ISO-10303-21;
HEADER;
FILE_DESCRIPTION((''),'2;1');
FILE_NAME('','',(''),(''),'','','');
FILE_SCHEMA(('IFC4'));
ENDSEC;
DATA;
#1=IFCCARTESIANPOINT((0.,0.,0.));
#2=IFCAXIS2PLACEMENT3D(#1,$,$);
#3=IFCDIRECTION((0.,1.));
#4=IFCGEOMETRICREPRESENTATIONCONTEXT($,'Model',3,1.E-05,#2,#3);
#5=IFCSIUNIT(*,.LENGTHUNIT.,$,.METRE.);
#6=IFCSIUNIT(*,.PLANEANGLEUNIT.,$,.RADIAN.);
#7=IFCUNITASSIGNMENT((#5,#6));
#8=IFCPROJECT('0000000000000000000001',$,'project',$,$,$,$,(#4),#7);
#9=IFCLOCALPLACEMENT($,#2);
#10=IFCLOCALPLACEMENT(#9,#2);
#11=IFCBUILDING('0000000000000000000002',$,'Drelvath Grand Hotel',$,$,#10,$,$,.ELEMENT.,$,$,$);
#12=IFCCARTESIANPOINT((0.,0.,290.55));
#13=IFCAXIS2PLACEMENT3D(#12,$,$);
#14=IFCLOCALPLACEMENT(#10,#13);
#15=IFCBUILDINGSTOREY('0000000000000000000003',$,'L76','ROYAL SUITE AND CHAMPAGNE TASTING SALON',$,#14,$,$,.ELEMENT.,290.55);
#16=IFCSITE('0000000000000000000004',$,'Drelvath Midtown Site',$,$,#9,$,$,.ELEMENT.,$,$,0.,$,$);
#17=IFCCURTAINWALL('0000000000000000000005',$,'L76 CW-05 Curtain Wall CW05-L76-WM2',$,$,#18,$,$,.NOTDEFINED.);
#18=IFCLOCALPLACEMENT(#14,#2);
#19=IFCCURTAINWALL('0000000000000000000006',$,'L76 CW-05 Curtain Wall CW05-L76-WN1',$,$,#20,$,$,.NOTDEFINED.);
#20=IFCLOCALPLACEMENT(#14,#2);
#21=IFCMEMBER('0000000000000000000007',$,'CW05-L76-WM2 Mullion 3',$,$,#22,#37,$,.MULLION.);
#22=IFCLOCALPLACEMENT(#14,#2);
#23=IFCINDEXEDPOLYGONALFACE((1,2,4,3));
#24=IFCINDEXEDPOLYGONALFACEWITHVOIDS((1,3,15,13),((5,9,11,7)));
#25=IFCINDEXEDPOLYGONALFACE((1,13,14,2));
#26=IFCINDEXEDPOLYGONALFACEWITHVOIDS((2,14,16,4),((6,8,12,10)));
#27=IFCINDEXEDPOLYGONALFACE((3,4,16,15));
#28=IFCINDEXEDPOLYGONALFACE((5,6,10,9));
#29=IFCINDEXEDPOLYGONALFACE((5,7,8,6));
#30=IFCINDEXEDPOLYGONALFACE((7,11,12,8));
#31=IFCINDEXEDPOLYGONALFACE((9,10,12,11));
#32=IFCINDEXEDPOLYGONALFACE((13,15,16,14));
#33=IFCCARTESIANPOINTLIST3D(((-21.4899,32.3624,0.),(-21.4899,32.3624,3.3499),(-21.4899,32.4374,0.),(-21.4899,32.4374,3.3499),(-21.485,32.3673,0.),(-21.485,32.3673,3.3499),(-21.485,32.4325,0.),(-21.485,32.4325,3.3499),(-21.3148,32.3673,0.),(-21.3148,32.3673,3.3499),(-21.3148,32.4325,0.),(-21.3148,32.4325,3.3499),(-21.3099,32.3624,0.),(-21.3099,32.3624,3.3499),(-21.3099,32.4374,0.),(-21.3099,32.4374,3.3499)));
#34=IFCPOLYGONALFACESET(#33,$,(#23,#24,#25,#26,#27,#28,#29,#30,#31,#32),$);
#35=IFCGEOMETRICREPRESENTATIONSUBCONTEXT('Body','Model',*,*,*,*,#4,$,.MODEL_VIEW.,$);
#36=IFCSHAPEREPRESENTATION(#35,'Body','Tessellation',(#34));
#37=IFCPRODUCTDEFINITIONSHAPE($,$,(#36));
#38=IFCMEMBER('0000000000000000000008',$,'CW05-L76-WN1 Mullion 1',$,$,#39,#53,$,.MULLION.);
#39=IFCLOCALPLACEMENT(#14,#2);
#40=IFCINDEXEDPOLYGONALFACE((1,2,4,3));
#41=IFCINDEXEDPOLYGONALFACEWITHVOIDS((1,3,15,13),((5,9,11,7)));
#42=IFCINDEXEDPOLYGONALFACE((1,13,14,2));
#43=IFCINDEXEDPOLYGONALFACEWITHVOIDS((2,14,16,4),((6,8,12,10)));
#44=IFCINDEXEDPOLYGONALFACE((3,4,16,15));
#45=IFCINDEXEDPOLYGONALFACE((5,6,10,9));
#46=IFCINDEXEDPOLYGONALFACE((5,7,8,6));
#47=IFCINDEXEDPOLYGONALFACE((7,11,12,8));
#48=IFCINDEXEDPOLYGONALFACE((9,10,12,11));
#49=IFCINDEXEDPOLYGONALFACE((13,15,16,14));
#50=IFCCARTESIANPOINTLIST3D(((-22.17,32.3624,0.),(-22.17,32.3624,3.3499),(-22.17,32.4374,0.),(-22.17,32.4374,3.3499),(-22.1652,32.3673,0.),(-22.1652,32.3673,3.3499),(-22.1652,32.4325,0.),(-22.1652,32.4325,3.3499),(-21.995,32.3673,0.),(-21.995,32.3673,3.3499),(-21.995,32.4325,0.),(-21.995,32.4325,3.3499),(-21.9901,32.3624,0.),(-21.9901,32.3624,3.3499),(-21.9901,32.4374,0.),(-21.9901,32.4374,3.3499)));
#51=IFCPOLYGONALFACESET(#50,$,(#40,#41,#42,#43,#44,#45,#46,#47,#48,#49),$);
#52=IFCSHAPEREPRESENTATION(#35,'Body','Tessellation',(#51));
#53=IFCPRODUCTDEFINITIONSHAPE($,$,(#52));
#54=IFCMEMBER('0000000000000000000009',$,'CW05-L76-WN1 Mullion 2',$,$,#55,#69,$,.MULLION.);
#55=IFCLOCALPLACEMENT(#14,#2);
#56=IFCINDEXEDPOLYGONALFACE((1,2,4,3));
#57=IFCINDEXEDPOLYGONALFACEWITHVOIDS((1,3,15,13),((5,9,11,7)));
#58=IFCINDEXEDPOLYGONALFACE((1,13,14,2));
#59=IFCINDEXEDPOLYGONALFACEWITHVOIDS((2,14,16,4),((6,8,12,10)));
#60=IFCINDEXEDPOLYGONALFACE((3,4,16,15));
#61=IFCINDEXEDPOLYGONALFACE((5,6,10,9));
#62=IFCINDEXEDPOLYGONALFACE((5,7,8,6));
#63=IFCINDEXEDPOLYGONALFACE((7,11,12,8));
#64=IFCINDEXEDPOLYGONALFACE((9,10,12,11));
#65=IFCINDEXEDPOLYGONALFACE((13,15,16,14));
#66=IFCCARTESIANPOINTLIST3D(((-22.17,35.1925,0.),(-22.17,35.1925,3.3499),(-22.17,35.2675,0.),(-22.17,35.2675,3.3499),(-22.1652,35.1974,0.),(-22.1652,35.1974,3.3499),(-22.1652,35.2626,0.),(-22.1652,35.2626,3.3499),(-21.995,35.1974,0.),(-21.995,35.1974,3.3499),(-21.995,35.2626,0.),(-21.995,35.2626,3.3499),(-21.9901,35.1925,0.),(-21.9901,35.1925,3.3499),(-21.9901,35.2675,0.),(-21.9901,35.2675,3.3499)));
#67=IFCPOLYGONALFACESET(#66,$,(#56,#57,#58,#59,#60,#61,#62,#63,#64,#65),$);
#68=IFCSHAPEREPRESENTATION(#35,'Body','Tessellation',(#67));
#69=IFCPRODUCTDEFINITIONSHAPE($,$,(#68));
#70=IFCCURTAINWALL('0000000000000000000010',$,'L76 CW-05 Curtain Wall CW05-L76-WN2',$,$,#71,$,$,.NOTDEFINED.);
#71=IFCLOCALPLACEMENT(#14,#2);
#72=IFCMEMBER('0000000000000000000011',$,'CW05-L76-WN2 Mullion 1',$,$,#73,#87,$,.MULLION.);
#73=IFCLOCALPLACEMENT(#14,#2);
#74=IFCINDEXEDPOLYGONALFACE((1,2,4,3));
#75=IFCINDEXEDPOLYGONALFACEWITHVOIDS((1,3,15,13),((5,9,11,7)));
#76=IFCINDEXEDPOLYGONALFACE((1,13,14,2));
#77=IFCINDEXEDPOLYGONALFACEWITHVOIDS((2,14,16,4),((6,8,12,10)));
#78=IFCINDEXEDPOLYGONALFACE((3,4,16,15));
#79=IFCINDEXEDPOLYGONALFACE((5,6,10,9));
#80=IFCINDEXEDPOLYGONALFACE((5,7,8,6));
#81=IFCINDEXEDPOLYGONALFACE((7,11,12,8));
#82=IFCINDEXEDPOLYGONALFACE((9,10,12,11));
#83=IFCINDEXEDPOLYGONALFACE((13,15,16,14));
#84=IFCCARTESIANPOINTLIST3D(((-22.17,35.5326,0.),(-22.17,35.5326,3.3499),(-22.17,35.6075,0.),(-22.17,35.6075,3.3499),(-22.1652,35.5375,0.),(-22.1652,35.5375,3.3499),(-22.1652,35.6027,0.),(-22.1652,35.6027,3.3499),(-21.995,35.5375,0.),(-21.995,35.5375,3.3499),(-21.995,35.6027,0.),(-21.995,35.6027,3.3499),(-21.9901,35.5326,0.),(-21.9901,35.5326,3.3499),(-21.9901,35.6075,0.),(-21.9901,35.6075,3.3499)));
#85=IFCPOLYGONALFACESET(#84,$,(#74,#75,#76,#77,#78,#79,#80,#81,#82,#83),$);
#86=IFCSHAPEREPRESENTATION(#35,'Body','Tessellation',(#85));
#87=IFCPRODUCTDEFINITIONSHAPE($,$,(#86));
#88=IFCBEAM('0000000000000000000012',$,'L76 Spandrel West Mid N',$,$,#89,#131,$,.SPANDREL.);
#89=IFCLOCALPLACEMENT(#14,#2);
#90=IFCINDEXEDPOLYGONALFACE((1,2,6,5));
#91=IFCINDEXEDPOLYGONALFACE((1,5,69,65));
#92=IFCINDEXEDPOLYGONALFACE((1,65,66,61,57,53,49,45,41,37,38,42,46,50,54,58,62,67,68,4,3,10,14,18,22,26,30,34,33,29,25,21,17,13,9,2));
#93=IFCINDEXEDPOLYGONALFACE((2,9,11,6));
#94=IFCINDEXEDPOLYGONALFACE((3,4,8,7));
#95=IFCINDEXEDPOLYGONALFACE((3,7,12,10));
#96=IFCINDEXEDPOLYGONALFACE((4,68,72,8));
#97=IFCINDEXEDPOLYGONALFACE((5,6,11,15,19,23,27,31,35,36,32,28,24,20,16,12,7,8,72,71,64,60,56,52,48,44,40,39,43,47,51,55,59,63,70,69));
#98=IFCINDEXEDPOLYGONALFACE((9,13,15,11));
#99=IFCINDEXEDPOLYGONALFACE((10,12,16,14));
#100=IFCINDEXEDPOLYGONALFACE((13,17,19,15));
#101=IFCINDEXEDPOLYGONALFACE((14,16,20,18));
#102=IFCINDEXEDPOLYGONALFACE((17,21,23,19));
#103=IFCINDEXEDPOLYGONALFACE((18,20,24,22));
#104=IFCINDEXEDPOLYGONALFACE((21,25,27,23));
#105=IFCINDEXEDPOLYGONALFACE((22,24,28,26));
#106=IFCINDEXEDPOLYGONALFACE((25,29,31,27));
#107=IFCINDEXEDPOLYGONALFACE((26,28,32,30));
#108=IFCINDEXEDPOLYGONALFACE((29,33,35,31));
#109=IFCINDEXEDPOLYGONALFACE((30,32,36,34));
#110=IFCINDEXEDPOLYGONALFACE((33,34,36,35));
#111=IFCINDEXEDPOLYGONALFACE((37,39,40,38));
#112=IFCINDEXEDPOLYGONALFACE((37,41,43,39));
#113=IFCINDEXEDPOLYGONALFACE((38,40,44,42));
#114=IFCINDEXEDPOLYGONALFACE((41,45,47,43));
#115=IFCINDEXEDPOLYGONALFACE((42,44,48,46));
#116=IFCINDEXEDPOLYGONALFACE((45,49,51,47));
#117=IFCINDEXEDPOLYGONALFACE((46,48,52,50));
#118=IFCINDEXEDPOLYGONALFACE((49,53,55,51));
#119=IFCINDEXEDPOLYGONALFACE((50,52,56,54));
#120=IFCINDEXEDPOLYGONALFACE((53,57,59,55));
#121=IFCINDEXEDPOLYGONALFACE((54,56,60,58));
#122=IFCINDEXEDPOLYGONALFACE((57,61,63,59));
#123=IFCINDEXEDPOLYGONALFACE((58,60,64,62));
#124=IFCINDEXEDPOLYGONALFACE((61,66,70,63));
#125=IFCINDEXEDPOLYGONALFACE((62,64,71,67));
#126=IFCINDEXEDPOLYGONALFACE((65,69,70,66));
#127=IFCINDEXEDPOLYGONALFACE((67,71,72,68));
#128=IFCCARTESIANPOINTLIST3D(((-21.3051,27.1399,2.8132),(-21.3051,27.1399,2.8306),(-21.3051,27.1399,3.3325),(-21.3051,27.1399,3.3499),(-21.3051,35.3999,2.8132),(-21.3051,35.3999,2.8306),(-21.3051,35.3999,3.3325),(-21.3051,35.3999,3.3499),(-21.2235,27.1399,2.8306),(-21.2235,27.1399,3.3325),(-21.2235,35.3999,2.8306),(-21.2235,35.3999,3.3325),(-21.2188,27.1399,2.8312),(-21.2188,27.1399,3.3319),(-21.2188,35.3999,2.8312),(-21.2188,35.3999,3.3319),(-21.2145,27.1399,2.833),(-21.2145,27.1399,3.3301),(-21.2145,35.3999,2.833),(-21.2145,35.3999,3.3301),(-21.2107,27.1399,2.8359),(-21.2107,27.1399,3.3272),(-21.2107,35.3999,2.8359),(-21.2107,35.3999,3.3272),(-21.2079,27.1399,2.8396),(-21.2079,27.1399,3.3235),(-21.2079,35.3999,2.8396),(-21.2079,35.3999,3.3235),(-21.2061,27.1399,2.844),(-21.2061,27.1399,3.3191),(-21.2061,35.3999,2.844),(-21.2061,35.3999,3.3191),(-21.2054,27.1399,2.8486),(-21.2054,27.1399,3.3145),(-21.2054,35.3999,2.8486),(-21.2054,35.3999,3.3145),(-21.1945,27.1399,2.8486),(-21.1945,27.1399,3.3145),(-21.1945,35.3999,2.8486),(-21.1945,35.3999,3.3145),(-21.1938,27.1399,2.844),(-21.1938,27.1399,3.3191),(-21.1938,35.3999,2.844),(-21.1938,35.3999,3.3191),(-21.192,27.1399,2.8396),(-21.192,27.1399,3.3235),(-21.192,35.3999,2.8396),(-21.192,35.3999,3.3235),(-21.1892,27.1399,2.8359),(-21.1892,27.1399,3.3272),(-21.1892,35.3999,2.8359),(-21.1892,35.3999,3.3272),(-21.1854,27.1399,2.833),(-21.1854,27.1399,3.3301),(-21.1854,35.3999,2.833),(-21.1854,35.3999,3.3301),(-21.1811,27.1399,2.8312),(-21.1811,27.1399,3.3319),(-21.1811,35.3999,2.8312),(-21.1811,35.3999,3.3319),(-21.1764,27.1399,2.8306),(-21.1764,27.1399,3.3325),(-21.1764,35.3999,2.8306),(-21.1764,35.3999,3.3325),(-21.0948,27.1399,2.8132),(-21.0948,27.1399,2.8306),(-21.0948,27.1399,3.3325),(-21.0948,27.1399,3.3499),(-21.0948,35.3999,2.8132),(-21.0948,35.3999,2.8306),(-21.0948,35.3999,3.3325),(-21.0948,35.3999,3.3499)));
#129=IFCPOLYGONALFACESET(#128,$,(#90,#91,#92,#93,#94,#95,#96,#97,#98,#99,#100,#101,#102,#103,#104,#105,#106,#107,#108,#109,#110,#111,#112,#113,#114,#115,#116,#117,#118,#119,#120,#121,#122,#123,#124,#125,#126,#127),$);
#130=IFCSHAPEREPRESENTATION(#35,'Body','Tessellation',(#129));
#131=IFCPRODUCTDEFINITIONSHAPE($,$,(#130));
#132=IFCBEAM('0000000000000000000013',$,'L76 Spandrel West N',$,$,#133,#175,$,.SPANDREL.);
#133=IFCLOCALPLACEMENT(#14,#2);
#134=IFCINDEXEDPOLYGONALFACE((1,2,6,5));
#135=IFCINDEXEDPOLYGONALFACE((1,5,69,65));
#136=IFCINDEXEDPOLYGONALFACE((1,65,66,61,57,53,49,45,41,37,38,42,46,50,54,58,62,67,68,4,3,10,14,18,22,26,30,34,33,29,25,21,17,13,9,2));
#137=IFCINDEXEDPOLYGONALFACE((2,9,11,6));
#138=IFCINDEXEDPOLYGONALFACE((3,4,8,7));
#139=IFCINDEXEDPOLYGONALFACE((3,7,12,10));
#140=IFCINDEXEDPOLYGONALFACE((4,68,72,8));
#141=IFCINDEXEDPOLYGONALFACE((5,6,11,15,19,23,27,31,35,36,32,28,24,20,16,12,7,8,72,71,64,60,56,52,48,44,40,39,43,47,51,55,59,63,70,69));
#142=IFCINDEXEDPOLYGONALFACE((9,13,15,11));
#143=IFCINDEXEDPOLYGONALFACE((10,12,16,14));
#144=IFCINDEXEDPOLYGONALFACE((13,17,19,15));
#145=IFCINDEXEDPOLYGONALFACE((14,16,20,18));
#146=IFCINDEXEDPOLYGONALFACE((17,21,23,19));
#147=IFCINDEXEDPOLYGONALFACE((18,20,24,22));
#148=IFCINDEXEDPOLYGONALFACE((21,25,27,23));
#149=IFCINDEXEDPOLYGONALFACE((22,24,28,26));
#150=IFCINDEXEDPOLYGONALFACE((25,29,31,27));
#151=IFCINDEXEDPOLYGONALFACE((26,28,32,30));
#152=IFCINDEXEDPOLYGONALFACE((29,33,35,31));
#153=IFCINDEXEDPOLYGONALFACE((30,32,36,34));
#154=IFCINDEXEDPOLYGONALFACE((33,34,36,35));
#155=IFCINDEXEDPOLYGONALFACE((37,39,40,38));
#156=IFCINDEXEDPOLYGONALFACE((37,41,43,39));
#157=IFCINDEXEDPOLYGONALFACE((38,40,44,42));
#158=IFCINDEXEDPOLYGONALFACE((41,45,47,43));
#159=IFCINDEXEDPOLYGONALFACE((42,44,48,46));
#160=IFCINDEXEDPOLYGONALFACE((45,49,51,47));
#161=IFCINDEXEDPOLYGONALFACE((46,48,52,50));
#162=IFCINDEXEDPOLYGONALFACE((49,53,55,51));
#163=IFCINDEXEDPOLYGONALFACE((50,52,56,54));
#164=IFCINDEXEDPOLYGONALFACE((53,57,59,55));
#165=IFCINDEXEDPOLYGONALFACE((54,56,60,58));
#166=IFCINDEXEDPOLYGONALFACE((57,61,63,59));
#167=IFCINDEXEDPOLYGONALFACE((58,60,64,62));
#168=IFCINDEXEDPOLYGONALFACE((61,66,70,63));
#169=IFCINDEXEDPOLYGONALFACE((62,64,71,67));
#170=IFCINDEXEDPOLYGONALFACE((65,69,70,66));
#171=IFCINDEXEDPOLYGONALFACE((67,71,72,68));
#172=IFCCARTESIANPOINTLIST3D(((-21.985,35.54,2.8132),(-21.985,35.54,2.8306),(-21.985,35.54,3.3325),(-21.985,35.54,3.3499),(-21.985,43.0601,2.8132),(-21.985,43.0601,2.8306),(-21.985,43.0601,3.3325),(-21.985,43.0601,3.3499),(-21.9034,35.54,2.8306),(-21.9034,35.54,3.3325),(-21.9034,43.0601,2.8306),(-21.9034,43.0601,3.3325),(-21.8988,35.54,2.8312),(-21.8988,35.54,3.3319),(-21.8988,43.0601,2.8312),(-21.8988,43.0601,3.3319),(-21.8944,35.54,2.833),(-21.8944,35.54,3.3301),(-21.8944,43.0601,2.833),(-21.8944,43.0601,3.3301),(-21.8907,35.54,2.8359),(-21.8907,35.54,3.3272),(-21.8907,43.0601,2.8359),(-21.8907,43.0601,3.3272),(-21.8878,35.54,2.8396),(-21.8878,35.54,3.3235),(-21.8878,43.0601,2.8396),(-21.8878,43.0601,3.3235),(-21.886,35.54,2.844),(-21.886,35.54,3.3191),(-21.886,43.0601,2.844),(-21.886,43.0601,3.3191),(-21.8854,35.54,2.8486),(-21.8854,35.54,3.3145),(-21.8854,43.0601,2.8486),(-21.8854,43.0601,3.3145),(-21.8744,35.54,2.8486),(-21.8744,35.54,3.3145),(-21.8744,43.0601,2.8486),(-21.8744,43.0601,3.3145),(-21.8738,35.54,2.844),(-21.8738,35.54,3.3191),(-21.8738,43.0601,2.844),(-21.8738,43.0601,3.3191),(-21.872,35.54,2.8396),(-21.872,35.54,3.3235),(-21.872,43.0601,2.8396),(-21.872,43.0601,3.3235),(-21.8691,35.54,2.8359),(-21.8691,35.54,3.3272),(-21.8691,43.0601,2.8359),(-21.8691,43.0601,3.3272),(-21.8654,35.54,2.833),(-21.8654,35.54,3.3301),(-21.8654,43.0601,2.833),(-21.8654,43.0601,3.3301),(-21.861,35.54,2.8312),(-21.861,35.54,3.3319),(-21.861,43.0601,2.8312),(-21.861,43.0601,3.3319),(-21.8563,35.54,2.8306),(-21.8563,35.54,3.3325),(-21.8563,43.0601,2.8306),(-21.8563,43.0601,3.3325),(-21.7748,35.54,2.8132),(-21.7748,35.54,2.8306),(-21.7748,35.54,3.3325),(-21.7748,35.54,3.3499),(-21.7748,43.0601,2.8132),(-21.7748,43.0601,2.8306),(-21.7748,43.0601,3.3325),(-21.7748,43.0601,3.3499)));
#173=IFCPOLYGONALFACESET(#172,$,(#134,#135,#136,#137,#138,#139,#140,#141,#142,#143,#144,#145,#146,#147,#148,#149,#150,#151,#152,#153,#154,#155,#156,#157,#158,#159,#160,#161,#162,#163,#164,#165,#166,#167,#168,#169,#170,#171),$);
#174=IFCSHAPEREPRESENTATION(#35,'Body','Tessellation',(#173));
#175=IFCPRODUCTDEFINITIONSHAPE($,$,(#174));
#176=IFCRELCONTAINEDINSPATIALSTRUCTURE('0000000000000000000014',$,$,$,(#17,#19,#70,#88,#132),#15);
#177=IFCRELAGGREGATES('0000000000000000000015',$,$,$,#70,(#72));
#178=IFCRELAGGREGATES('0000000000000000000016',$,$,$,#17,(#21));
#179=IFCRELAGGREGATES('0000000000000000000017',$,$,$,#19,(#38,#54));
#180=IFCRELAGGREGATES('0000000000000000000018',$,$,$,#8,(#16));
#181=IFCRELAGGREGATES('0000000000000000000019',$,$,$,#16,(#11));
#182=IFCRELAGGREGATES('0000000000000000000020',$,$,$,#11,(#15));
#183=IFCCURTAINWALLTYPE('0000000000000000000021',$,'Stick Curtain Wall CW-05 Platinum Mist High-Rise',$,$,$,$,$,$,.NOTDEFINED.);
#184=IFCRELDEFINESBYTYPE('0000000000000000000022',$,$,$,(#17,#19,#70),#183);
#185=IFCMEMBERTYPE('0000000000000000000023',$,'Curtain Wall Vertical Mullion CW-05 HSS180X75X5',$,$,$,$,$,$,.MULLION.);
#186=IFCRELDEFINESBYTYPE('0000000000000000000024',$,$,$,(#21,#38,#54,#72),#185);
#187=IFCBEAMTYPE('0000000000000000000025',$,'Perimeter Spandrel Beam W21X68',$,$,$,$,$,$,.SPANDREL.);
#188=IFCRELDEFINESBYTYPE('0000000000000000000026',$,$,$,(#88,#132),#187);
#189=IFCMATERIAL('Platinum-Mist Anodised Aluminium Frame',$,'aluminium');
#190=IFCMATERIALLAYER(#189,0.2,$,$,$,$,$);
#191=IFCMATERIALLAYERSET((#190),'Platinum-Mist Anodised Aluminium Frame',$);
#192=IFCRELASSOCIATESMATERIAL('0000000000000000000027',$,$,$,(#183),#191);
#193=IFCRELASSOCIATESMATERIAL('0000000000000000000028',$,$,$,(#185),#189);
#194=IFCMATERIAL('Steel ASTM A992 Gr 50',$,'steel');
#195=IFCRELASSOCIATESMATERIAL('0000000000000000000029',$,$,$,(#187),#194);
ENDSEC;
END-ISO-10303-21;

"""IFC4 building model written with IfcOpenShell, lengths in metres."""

from ifc_helpers import new_model, si_unit, direction, frame, origin, origin_2d, place, context, subcontext, project, spatial, hollow_rectangle, i_section, extrude, material, layer, layer_set, material_profile, profile_set, type_object, element, aggregate, save


model = new_model("IFC4")

# Units and contexts
model_context = context("Model", 3, precision=1e-05, world=origin(), true_north=direction((0.0, 1.0)))
body_context = subcontext(model_context, "Body", "Model", "MODEL_VIEW")
ifc_project = project(units=[si_unit("LENGTHUNIT", "METRE"), si_unit("PLANEANGLEUNIT", "RADIAN")], contexts=[model_context])

# Site, building, storey
site_placement = place(None, origin())
site = spatial("IfcSite", under=ifc_project, at=site_placement, Name="Drelvath Midtown Site", CompositionType="ELEMENT", RefElevation=0.0)
building_placement = place(site_placement, origin())
building = spatial("IfcBuilding", under=site, at=building_placement, Name="Drelvath Grand Hotel", CompositionType="ELEMENT")
storey_placement = place(building_placement, frame((0.0, 0.0, 290.55)))
storey = spatial("IfcBuildingStorey", under=building, at=storey_placement, Name="L76", Description="ROYAL SUITE AND CHAMPAGNE TASTING SALON", CompositionType="ELEMENT", Elevation=290.55)

# Curtain walls
ifc_material_1 = material(Name="Platinum-Mist Anodised Aluminium Frame", Category="aluminium")
ifc_layer_1 = layer(ifc_material_1, 0.2)
ifc_layer_set_1 = layer_set([ifc_layer_1], Name="Platinum-Mist Anodised Aluminium Frame")
curtain_wall_type = type_object("IfcCurtainWallType", Name="Stick Curtain Wall CW-05 Platinum Mist High-Rise", PredefinedType="NOTDEFINED", material=ifc_layer_set_1)
curtain_wall_1_placement = place(storey_placement, origin())
curtain_wall_1 = element("IfcCurtainWall", 1, at=curtain_wall_1_placement, inside=storey, type_object=curtain_wall_type, Name="L76 CW-05 Curtain Wall CW05-L76-WM2", PredefinedType="NOTDEFINED")
curtain_wall_2_placement = place(storey_placement, origin())
curtain_wall_2 = element("IfcCurtainWall", 2, at=curtain_wall_2_placement, inside=storey, type_object=curtain_wall_type, Name="L76 CW-05 Curtain Wall CW05-L76-WN1", PredefinedType="NOTDEFINED")
ifc_material_profile_1 = material_profile(ifc_material_1, hollow_rectangle(XDim=0.075, YDim=0.1799, WallThickness=0.0049, at=origin_2d()), Name="HSS180X75X5")
ifc_profile_set_1 = profile_set([ifc_material_profile_1], Name="Platinum-Mist Anodised Aluminium Frame")
member_type_1 = type_object("IfcMemberType", Name="Curtain Wall Vertical Mullion CW-05 HSS180X75X5", PredefinedType="MULLION", material=ifc_profile_set_1)

# Members
member_1_placement = place(storey_placement, frame((-21.3999, 32.3999, 0.0), z_axis=(0.0, 0.0, 1.0), x_axis=(0.0, 1.0, 0.0)))
member_1 = element("IfcMember", 3, at=member_1_placement, type_object=member_type_1, Name="CW05-L76-WM2 Mullion 3", PredefinedType="MULLION", context=body_context, shape_type="SweptSolid", body=[
    extrude(hollow_rectangle(XDim=0.075, YDim=0.1799, WallThickness=0.0049, at=origin_2d()), origin(), (0.0, 0.0, 1.0), 3.3499),
])
member_2_placement = place(storey_placement, frame((-22.0801, 32.3999, 0.0), z_axis=(0.0, 0.0, 1.0), x_axis=(0.0, 1.0, 0.0)))
member_2 = element("IfcMember", 4, at=member_2_placement, type_object=member_type_1, Name="CW05-L76-WN1 Mullion 1", PredefinedType="MULLION", context=body_context, shape_type="SweptSolid", body=[
    extrude(hollow_rectangle(XDim=0.075, YDim=0.1799, WallThickness=0.0049, at=origin_2d()), origin(), (0.0, 0.0, 1.0), 3.3499),
])
member_3_placement = place(storey_placement, frame((-22.0801, 35.23, 0.0), z_axis=(0.0, 0.0, 1.0), x_axis=(0.0, 1.0, 0.0)))
member_3 = element("IfcMember", 5, at=member_3_placement, type_object=member_type_1, Name="CW05-L76-WN1 Mullion 2", PredefinedType="MULLION", context=body_context, shape_type="SweptSolid", body=[
    extrude(hollow_rectangle(XDim=0.075, YDim=0.1799, WallThickness=0.0049, at=origin_2d()), origin(), (0.0, 0.0, 1.0), 3.3499),
])

# Curtain wall, member
curtain_wall_3_placement = place(storey_placement, origin())
curtain_wall_3 = element("IfcCurtainWall", 6, at=curtain_wall_3_placement, inside=storey, type_object=curtain_wall_type, Name="L76 CW-05 Curtain Wall CW05-L76-WN2", PredefinedType="NOTDEFINED")
member_4_placement = place(storey_placement, frame((-22.0801, 35.5701, 0.0), z_axis=(0.0, 0.0, 1.0), x_axis=(0.0, 1.0, 0.0)))
member_4 = element("IfcMember", 7, at=member_4_placement, type_object=member_type_1, Name="CW05-L76-WN2 Mullion 1", PredefinedType="MULLION", context=body_context, shape_type="SweptSolid", body=[
    extrude(hollow_rectangle(XDim=0.075, YDim=0.1799, WallThickness=0.0049, at=origin_2d()), origin(), (0.0, 0.0, 1.0), 3.3499),
])
aggregate(curtain_wall_3, [member_4])

# Beams
ifc_material_2 = material(Name="Steel ASTM A992 Gr 50", Category="steel")
ifc_material_profile_2 = material_profile(ifc_material_2, i_section(OverallWidth=0.2102, OverallDepth=0.5366, WebThickness=0.011, FlangeThickness=0.0173, FilletRadius=0.0181, at=origin_2d()), Name="W21X68")
ifc_profile_set_2 = profile_set([ifc_material_profile_2], Name="Steel ASTM A992 Gr 50")
beam_type_1 = type_object("IfcBeamType", Name="Perimeter Spandrel Beam W21X68", PredefinedType="SPANDREL", material=ifc_profile_set_2)
beam_1_placement = place(storey_placement, frame((-21.2, 27.1399, 3.0815), z_axis=(0.0, 1.0, 0.0), x_axis=(-1.0, 0.0, 0.0)))
element("IfcBeam", 8, at=beam_1_placement, inside=storey, type_object=beam_type_1, Name="L76 Spandrel West Mid N", PredefinedType="SPANDREL", context=body_context, shape_type="SweptSolid", body=[
    extrude(i_section(OverallWidth=0.2102, OverallDepth=0.5366, WebThickness=0.011, FlangeThickness=0.0173, FilletRadius=0.0181, at=origin_2d()), origin(), (0.0, 0.0, 1.0), 8.26),
])
beam_2_placement = place(storey_placement, frame((-21.8799, 35.54, 3.0815), z_axis=(0.0, 1.0, 0.0), x_axis=(-1.0, 0.0, 0.0)))
element("IfcBeam", 9, at=beam_2_placement, inside=storey, type_object=beam_type_1, Name="L76 Spandrel West N", PredefinedType="SPANDREL", context=body_context, shape_type="SweptSolid", body=[
    extrude(i_section(OverallWidth=0.2102, OverallDepth=0.5366, WebThickness=0.011, FlangeThickness=0.0173, FilletRadius=0.0181, at=origin_2d()), origin(), (0.0, 0.0, 1.0), 7.52),
])

aggregate(curtain_wall_1, [member_1])
aggregate(curtain_wall_2, [member_2, member_3])

save(model, "model.ifc")
